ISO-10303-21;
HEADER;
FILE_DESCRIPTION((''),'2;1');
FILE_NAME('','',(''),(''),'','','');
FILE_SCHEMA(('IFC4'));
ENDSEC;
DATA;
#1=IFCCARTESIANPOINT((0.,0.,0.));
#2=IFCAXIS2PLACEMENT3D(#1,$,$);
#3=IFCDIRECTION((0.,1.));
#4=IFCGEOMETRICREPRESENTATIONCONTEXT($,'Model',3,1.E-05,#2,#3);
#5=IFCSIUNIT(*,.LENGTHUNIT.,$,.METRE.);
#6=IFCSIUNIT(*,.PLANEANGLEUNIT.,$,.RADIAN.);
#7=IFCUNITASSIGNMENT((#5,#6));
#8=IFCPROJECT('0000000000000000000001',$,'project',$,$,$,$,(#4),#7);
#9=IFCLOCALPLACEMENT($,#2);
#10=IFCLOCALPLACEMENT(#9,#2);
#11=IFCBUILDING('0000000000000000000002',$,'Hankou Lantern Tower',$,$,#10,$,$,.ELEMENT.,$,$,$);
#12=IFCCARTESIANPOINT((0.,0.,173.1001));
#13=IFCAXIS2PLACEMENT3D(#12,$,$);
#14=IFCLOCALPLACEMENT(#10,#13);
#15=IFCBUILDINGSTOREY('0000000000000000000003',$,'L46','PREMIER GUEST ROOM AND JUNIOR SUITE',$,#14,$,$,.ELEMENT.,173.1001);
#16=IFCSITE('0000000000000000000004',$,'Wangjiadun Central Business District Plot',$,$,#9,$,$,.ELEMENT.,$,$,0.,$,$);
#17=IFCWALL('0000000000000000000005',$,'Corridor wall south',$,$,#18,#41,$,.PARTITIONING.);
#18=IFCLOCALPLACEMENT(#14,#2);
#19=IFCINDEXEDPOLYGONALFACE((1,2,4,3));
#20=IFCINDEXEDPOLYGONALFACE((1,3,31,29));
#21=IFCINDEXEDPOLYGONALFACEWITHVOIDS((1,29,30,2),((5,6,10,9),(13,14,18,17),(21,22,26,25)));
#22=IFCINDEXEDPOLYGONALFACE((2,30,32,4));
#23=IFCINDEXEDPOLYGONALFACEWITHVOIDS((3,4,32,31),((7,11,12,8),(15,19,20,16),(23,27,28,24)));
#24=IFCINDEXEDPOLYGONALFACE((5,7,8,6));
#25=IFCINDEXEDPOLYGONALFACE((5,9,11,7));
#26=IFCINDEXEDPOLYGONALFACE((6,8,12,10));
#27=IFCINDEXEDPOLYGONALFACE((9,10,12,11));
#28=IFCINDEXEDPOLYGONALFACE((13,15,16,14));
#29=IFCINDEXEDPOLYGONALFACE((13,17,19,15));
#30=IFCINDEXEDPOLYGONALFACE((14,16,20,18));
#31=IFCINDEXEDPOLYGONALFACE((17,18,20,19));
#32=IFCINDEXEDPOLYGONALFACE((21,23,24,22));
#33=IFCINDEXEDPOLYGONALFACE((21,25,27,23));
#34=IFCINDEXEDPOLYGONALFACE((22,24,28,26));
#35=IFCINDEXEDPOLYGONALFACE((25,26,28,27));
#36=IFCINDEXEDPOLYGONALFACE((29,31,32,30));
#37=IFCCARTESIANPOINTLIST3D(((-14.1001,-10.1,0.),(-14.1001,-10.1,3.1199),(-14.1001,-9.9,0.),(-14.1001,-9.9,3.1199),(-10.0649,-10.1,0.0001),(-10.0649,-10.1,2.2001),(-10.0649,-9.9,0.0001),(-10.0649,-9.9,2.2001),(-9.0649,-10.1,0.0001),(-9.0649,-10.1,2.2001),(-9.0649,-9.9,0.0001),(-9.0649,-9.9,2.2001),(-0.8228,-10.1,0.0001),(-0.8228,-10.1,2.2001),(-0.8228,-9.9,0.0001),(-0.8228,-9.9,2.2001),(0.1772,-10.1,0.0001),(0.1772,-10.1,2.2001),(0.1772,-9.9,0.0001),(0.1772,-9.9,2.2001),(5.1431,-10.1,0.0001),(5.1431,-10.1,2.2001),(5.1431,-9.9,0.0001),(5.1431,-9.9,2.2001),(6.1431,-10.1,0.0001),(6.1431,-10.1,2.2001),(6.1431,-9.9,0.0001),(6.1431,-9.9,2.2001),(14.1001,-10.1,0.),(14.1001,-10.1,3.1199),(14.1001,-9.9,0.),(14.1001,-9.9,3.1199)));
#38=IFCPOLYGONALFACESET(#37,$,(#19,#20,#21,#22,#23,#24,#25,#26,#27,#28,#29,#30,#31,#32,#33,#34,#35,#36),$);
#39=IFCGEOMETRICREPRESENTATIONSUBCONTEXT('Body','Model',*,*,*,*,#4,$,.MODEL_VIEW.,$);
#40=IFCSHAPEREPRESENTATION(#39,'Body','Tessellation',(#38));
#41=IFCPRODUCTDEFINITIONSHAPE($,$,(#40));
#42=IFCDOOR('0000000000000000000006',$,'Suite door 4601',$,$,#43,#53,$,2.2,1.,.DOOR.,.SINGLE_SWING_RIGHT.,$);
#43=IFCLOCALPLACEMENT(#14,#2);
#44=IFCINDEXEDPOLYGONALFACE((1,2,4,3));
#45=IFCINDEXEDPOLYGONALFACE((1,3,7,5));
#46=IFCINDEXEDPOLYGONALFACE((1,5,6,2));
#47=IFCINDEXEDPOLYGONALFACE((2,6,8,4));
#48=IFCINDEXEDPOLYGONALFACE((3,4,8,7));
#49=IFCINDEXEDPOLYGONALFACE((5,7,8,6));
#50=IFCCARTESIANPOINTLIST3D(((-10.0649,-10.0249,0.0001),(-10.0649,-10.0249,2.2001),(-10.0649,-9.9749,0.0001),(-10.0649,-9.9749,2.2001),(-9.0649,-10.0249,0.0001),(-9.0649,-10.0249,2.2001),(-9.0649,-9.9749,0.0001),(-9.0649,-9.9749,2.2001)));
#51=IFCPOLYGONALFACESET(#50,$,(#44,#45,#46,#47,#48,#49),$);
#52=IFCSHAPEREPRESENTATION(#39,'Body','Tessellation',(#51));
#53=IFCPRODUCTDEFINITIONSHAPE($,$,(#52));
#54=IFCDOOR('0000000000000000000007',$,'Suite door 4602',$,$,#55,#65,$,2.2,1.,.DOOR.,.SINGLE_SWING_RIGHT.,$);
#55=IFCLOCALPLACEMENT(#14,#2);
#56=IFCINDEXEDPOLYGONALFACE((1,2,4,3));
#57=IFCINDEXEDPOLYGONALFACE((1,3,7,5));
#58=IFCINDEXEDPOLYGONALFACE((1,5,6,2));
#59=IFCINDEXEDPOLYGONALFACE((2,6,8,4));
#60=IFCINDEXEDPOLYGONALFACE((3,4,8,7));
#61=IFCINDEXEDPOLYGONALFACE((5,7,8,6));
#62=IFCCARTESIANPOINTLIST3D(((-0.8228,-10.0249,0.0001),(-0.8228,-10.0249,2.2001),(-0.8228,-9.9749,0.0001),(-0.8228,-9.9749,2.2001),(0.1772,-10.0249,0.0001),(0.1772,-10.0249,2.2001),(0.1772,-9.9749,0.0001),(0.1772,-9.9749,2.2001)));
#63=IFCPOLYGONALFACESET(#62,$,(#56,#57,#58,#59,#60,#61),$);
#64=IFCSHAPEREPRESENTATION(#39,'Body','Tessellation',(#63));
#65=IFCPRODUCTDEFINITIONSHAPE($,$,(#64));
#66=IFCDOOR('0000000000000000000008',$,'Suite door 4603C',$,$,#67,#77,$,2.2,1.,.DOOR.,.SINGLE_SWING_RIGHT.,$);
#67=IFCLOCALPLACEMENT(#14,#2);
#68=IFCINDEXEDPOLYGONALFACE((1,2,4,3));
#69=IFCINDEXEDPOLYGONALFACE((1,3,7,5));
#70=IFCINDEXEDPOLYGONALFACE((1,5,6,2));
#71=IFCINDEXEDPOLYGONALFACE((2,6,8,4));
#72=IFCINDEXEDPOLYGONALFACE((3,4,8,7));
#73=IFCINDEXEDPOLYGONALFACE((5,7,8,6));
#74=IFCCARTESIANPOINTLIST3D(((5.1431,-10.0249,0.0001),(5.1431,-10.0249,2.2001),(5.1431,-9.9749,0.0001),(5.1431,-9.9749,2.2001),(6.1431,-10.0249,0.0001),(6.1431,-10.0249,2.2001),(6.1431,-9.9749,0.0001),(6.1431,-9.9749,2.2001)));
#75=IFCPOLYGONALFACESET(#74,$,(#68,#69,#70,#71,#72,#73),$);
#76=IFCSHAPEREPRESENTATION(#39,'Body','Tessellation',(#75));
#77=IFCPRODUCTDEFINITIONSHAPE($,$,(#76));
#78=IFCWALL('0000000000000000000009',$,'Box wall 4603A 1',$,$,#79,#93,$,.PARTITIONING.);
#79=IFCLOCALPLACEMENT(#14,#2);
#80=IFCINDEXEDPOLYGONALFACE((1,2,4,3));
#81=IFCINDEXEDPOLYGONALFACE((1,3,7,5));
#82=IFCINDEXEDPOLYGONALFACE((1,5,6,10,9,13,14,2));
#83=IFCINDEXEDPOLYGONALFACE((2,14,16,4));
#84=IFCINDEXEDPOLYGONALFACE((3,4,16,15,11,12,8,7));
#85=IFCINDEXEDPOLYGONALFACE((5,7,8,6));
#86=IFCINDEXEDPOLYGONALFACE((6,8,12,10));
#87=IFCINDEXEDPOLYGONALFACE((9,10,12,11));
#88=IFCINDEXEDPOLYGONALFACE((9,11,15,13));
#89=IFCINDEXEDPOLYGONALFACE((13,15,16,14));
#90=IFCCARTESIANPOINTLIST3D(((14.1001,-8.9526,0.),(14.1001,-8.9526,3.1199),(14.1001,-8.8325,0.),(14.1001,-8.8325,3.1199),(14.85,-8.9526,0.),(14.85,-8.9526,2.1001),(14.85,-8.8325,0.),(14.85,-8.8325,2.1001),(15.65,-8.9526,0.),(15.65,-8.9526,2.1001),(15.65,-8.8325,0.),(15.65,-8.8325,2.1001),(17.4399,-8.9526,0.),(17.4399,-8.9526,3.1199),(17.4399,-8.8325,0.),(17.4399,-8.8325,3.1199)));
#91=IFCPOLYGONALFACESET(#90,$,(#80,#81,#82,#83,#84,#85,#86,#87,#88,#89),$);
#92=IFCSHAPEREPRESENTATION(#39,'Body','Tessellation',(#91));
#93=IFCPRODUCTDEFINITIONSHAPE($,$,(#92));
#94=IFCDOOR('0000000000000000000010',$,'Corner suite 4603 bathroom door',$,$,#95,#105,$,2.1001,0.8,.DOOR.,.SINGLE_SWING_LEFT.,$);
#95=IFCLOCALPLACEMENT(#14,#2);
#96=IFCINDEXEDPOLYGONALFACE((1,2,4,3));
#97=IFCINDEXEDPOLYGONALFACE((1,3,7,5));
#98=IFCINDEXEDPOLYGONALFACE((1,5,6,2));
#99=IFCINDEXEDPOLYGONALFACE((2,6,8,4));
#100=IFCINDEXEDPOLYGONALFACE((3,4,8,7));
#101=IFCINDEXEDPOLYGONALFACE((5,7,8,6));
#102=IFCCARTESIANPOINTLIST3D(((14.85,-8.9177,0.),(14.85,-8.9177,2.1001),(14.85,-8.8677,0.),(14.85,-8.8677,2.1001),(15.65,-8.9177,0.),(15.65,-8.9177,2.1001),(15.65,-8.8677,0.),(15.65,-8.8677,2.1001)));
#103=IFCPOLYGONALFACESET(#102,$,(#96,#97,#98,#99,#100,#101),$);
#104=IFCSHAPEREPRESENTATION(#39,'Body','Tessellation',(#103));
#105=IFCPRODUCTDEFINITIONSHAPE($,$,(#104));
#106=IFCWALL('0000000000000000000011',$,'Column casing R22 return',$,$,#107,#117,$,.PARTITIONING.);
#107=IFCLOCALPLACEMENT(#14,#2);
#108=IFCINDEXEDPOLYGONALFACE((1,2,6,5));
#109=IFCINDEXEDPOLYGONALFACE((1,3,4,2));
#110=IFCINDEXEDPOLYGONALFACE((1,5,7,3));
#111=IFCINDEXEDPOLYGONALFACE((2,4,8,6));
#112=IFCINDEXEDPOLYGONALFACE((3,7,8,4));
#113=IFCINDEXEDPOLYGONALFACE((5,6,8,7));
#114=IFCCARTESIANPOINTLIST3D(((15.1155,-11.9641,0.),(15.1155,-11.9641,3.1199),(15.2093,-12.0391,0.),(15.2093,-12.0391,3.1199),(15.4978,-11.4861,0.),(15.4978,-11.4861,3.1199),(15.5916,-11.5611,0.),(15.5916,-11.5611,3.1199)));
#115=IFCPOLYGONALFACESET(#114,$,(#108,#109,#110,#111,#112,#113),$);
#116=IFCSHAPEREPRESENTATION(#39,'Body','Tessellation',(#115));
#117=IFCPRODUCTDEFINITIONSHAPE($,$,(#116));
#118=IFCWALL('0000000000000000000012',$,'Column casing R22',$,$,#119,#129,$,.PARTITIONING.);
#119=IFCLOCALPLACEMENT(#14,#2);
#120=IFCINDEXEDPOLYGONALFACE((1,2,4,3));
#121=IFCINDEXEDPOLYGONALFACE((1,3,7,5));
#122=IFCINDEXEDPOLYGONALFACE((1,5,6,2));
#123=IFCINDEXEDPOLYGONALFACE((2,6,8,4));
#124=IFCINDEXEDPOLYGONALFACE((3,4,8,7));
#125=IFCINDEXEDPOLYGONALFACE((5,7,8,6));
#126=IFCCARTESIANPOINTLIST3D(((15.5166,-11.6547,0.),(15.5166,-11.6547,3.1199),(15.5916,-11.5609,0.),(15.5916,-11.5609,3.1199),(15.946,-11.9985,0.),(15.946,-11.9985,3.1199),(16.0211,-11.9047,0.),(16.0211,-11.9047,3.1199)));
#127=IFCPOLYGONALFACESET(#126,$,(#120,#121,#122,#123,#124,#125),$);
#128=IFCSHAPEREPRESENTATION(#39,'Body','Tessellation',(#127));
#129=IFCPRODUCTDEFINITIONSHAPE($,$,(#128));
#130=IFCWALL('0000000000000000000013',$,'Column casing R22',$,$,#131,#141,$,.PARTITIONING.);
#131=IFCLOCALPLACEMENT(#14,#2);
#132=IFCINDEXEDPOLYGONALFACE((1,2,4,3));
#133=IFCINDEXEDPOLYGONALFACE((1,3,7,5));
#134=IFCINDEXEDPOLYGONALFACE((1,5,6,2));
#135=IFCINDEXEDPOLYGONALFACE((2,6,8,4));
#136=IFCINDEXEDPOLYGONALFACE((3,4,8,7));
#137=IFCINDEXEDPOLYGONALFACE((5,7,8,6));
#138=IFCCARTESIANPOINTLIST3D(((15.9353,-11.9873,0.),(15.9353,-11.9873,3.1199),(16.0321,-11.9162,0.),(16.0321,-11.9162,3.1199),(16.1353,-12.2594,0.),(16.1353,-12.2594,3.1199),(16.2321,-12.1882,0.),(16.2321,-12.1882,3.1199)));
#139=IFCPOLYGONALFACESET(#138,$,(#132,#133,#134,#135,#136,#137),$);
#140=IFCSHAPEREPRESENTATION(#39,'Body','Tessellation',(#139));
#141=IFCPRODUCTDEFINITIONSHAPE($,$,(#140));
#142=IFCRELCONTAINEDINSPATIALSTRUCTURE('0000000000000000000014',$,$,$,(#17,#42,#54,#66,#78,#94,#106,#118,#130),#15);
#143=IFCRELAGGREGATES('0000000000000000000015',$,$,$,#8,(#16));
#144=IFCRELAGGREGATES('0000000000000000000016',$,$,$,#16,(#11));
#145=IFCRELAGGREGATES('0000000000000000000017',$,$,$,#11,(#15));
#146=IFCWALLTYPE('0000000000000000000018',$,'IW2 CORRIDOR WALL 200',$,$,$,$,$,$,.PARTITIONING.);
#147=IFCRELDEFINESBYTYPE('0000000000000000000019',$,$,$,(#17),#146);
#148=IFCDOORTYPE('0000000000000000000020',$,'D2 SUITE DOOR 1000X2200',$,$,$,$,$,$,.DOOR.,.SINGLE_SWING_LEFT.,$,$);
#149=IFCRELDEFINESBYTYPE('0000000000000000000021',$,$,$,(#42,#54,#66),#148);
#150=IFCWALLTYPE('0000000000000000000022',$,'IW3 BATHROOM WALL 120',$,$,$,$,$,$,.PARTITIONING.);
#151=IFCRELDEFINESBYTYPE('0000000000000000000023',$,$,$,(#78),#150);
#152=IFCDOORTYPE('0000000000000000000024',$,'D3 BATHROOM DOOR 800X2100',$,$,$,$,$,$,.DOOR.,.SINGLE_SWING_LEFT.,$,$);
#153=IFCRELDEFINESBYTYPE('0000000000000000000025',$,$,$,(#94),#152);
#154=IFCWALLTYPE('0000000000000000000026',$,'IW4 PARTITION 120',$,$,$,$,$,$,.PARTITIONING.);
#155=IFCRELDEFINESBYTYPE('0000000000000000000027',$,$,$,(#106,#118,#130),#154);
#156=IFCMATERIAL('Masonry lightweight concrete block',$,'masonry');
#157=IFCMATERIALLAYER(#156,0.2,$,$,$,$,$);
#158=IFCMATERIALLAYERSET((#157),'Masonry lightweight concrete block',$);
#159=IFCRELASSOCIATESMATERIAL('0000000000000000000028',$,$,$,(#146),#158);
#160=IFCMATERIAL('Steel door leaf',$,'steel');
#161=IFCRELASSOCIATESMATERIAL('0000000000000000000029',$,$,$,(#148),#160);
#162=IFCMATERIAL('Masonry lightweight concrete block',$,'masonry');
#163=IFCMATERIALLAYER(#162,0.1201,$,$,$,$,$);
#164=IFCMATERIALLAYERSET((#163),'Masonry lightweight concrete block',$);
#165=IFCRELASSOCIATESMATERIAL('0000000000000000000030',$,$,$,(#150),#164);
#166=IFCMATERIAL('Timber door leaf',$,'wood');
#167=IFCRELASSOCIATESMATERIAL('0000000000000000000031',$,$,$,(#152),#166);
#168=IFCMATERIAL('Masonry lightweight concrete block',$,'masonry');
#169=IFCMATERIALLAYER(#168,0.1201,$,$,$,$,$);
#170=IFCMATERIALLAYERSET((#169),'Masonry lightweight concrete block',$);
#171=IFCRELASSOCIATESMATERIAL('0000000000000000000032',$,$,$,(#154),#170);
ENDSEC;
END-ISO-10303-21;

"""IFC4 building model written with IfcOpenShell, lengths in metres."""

from ifc_helpers import new_model, si_unit, direction, frame, frame_2d, origin, place, context, subcontext, project, spatial, rectangle, extrude, material, layer, layer_set, type_object, element, fill, save


model = new_model("IFC4")

# Units and contexts
model_context = context("Model", 3, precision=1e-05, world=origin(), true_north=direction((0.0, 1.0)))
body_context = subcontext(model_context, "Body", "Model", "MODEL_VIEW")
ifc_project = project(units=[si_unit("LENGTHUNIT", "METRE"), si_unit("PLANEANGLEUNIT", "RADIAN")], contexts=[model_context])

# Site, building, storey
site_placement = place(None, origin())
site = spatial("IfcSite", under=ifc_project, at=site_placement, Name="Wangjiadun Central Business District Plot", CompositionType="ELEMENT", RefElevation=0.0)
building_placement = place(site_placement, origin())
building = spatial("IfcBuilding", under=site, at=building_placement, Name="Hankou Lantern Tower", CompositionType="ELEMENT")
storey_placement = place(building_placement, frame((0.0, 0.0, 173.1001)))
storey = spatial("IfcBuildingStorey", under=building, at=storey_placement, Name="L46", Description="PREMIER GUEST ROOM AND JUNIOR SUITE", CompositionType="ELEMENT", Elevation=173.1001)

# Wall, openings, doors
ifc_material_1 = material(Name="Masonry lightweight concrete block", Category="masonry")
ifc_layer_1 = layer(ifc_material_1, 0.2)
ifc_layer_set_1 = layer_set([ifc_layer_1], Name="Masonry lightweight concrete block")
wall_type_1 = type_object("IfcWallType", Name="IW2 CORRIDOR WALL 200", PredefinedType="PARTITIONING", material=ifc_layer_set_1)
ifc_material_2 = material(Name="Steel door leaf", Category="steel")
door_type_1 = type_object("IfcDoorType", Name="D2 SUITE DOOR 1000X2200", OperationType="SINGLE_SWING_LEFT", PredefinedType="DOOR", material=ifc_material_2)
wall_1_placement = place(storey_placement, frame((14.1001, -10.0, 0.0), z_axis=(0.0, 0.0, 1.0), x_axis=(-1.0, 0.0, 0.0)))
wall_1 = element("IfcWall", 1, at=wall_1_placement, inside=storey, type_object=wall_type_1, Name="Corridor wall south", PredefinedType="PARTITIONING", context=body_context, shape_type="SweptSolid", body=[
    extrude(rectangle(XDim=28.2002, YDim=0.2, at=frame_2d((14.1001, 0.0))), origin(), (0.0, 0.0, 1.0), 3.1199),
])
opening_1_placement = place(wall_1_placement, frame((23.165, 0.0, 0.0)))
opening_1 = element("IfcOpeningElement", 2, at=opening_1_placement, cuts=wall_1, PredefinedType="OPENING", context=body_context, shape_type="SweptSolid", body=[
    extrude(rectangle(XDim=1.0, YDim=2.2, at=frame_2d((0.5, 1.1001))), frame((0.0, 0.1099, 0.0), z_axis=(0.0, -1.0, 0.0), x_axis=(1.0, 0.0, 0.0)), (0.0, 0.0, 1.0), 0.22),
])
opening_2_placement = place(wall_1_placement, frame((13.9229, 0.0, 0.0)))
opening_2 = element("IfcOpeningElement", 3, at=opening_2_placement, cuts=wall_1, PredefinedType="OPENING", context=body_context, shape_type="SweptSolid", body=[
    extrude(rectangle(XDim=1.0, YDim=2.2, at=frame_2d((0.5, 1.1001))), frame((0.0, 0.1099, 0.0), z_axis=(0.0, -1.0, 0.0), x_axis=(1.0, 0.0, 0.0)), (0.0, 0.0, 1.0), 0.22),
])
opening_3_placement = place(wall_1_placement, frame((7.957, 0.0, 0.0)))
opening_3 = element("IfcOpeningElement", 4, at=opening_3_placement, cuts=wall_1, PredefinedType="OPENING", context=body_context, shape_type="SweptSolid", body=[
    extrude(rectangle(XDim=1.0, YDim=2.2, at=frame_2d((0.5, 1.1001))), frame((0.0, 0.1099, 0.0), z_axis=(0.0, -1.0, 0.0), x_axis=(1.0, 0.0, 0.0)), (0.0, 0.0, 1.0), 0.22),
])
door_1_placement = place(opening_1_placement, origin())
door_1 = element("IfcDoor", 5, at=door_1_placement, inside=storey, type_object=door_type_1, Name="Suite door 4601", OperationType="SINGLE_SWING_RIGHT", OverallHeight=2.2, OverallWidth=1.0, PredefinedType="DOOR", context=body_context, shape_type="SweptSolid", body=[
    extrude(rectangle(XDim=1.0, YDim=2.2, at=frame_2d((0.5, 1.1001))), frame((0.0, 0.0249, 0.0), z_axis=(0.0, -1.0, 0.0), x_axis=(1.0, 0.0, 0.0)), (0.0, 0.0, 1.0), 0.05),
])
fill(opening_1, door_1)
door_2_placement = place(opening_2_placement, origin())
door_2 = element("IfcDoor", 6, at=door_2_placement, inside=storey, type_object=door_type_1, Name="Suite door 4602", OperationType="SINGLE_SWING_RIGHT", OverallHeight=2.2, OverallWidth=1.0, PredefinedType="DOOR", context=body_context, shape_type="SweptSolid", body=[
    extrude(rectangle(XDim=1.0, YDim=2.2, at=frame_2d((0.5, 1.1001))), frame((0.0, 0.0249, 0.0), z_axis=(0.0, -1.0, 0.0), x_axis=(1.0, 0.0, 0.0)), (0.0, 0.0, 1.0), 0.05),
])
fill(opening_2, door_2)
door_3_placement = place(opening_3_placement, origin())
door_3 = element("IfcDoor", 7, at=door_3_placement, inside=storey, type_object=door_type_1, Name="Suite door 4603C", OperationType="SINGLE_SWING_RIGHT", OverallHeight=2.2, OverallWidth=1.0, PredefinedType="DOOR", context=body_context, shape_type="SweptSolid", body=[
    extrude(rectangle(XDim=1.0, YDim=2.2, at=frame_2d((0.5, 1.1001))), frame((0.0, 0.0249, 0.0), z_axis=(0.0, -1.0, 0.0), x_axis=(1.0, 0.0, 0.0)), (0.0, 0.0, 1.0), 0.05),
])
fill(opening_3, door_3)

# Wall, opening, door
ifc_material_3 = material(Name="Masonry lightweight concrete block", Category="masonry")
ifc_layer_2 = layer(ifc_material_3, 0.1201)
ifc_layer_set_2 = layer_set([ifc_layer_2], Name="Masonry lightweight concrete block")
wall_type_2 = type_object("IfcWallType", Name="IW3 BATHROOM WALL 120", PredefinedType="PARTITIONING", material=ifc_layer_set_2)
wall_2_placement = place(storey_placement, frame((14.1001, -8.8926, 0.0), z_axis=(0.0, 0.0, 1.0), x_axis=(1.0, 0.0, 0.0)))
wall_2 = element("IfcWall", 8, at=wall_2_placement, inside=storey, type_object=wall_type_2, Name="Box wall 4603A 1", PredefinedType="PARTITIONING", context=body_context, shape_type="SweptSolid", body=[
    extrude(rectangle(XDim=3.3398, YDim=0.1201, at=frame_2d((1.6699, 0.0))), origin(), (0.0, 0.0, 1.0), 3.1199),
])
opening_4_placement = place(wall_2_placement, frame((0.75, 0.0, 0.0)))
opening_4 = element("IfcOpeningElement", 9, at=opening_4_placement, cuts=wall_2, PredefinedType="OPENING", context=body_context, shape_type="SweptSolid", body=[
    extrude(rectangle(XDim=0.8, YDim=2.1001, at=frame_2d((0.3999, 1.05))), frame((0.0, 0.0701, 0.0), z_axis=(0.0, -1.0, 0.0), x_axis=(1.0, 0.0, 0.0)), (0.0, 0.0, 1.0), 0.1401),
])
ifc_material_4 = material(Name="Timber door leaf", Category="wood")
door_type_2 = type_object("IfcDoorType", Name="D3 BATHROOM DOOR 800X2100", OperationType="SINGLE_SWING_LEFT", PredefinedType="DOOR", material=ifc_material_4)
door_4_placement = place(opening_4_placement, origin())
door_4 = element("IfcDoor", 10, at=door_4_placement, inside=storey, type_object=door_type_2, Name="Corner suite 4603 bathroom door", OperationType="SINGLE_SWING_LEFT", OverallHeight=2.1001, OverallWidth=0.8, PredefinedType="DOOR", context=body_context, shape_type="SweptSolid", body=[
    extrude(rectangle(XDim=0.8, YDim=2.1001, at=frame_2d((0.3999, 1.05))), frame((0.0, 0.0249, 0.0), z_axis=(0.0, -1.0, 0.0), x_axis=(1.0, 0.0, 0.0)), (0.0, 0.0, 1.0), 0.05),
])
fill(opening_4, door_4)

# Walls
ifc_material_5 = material(Name="Masonry lightweight concrete block", Category="masonry")
ifc_layer_3 = layer(ifc_material_5, 0.1201)
ifc_layer_set_3 = layer_set([ifc_layer_3], Name="Masonry lightweight concrete block")
wall_type_3 = type_object("IfcWallType", Name="IW4 PARTITION 120", PredefinedType="PARTITIONING", material=ifc_layer_set_3)
wall_3_placement = place(storey_placement, frame((15.1624, -12.0017, 0.0), z_axis=(0.0, 0.0, 1.0), x_axis=(0.624598, 0.780947, 0.0)))
element("IfcWall", 11, at=wall_3_placement, inside=storey, type_object=wall_type_3, Name="Column casing R22 return", PredefinedType="PARTITIONING", context=body_context, shape_type="SweptSolid", body=[
    extrude(rectangle(XDim=0.6121, YDim=0.1201, at=frame_2d((0.3062, 0.0))), origin(), (0.0, 0.0, 1.0), 3.1199),
])
wall_4_placement = place(storey_placement, frame((15.5542, -11.6079, 0.0), z_axis=(0.0, 0.0, 1.0), x_axis=(0.780696, -0.624912, 0.0)))
element("IfcWall", 12, at=wall_4_placement, inside=storey, type_object=wall_type_3, Name="Column casing R22", PredefinedType="PARTITIONING", context=body_context, shape_type="SweptSolid", body=[
    extrude(rectangle(XDim=0.55, YDim=0.1201, at=frame_2d((0.2749, 0.0))), origin(), (0.0, 0.0, 1.0), 3.1199),
])
wall_5_placement = place(storey_placement, frame((15.9836, -11.9517, 0.0), z_axis=(0.0, 0.0, 1.0), x_axis=(0.592335, -0.805692, 0.0)))
element("IfcWall", 13, at=wall_5_placement, inside=storey, type_object=wall_type_3, Name="Column casing R22", PredefinedType="PARTITIONING", context=body_context, shape_type="SweptSolid", body=[
    extrude(rectangle(XDim=0.3376, YDim=0.1201, at=frame_2d((0.1689, 0.0))), origin(), (0.0, 0.0, 1.0), 3.1199),
])

save(model, "model.ifc")
